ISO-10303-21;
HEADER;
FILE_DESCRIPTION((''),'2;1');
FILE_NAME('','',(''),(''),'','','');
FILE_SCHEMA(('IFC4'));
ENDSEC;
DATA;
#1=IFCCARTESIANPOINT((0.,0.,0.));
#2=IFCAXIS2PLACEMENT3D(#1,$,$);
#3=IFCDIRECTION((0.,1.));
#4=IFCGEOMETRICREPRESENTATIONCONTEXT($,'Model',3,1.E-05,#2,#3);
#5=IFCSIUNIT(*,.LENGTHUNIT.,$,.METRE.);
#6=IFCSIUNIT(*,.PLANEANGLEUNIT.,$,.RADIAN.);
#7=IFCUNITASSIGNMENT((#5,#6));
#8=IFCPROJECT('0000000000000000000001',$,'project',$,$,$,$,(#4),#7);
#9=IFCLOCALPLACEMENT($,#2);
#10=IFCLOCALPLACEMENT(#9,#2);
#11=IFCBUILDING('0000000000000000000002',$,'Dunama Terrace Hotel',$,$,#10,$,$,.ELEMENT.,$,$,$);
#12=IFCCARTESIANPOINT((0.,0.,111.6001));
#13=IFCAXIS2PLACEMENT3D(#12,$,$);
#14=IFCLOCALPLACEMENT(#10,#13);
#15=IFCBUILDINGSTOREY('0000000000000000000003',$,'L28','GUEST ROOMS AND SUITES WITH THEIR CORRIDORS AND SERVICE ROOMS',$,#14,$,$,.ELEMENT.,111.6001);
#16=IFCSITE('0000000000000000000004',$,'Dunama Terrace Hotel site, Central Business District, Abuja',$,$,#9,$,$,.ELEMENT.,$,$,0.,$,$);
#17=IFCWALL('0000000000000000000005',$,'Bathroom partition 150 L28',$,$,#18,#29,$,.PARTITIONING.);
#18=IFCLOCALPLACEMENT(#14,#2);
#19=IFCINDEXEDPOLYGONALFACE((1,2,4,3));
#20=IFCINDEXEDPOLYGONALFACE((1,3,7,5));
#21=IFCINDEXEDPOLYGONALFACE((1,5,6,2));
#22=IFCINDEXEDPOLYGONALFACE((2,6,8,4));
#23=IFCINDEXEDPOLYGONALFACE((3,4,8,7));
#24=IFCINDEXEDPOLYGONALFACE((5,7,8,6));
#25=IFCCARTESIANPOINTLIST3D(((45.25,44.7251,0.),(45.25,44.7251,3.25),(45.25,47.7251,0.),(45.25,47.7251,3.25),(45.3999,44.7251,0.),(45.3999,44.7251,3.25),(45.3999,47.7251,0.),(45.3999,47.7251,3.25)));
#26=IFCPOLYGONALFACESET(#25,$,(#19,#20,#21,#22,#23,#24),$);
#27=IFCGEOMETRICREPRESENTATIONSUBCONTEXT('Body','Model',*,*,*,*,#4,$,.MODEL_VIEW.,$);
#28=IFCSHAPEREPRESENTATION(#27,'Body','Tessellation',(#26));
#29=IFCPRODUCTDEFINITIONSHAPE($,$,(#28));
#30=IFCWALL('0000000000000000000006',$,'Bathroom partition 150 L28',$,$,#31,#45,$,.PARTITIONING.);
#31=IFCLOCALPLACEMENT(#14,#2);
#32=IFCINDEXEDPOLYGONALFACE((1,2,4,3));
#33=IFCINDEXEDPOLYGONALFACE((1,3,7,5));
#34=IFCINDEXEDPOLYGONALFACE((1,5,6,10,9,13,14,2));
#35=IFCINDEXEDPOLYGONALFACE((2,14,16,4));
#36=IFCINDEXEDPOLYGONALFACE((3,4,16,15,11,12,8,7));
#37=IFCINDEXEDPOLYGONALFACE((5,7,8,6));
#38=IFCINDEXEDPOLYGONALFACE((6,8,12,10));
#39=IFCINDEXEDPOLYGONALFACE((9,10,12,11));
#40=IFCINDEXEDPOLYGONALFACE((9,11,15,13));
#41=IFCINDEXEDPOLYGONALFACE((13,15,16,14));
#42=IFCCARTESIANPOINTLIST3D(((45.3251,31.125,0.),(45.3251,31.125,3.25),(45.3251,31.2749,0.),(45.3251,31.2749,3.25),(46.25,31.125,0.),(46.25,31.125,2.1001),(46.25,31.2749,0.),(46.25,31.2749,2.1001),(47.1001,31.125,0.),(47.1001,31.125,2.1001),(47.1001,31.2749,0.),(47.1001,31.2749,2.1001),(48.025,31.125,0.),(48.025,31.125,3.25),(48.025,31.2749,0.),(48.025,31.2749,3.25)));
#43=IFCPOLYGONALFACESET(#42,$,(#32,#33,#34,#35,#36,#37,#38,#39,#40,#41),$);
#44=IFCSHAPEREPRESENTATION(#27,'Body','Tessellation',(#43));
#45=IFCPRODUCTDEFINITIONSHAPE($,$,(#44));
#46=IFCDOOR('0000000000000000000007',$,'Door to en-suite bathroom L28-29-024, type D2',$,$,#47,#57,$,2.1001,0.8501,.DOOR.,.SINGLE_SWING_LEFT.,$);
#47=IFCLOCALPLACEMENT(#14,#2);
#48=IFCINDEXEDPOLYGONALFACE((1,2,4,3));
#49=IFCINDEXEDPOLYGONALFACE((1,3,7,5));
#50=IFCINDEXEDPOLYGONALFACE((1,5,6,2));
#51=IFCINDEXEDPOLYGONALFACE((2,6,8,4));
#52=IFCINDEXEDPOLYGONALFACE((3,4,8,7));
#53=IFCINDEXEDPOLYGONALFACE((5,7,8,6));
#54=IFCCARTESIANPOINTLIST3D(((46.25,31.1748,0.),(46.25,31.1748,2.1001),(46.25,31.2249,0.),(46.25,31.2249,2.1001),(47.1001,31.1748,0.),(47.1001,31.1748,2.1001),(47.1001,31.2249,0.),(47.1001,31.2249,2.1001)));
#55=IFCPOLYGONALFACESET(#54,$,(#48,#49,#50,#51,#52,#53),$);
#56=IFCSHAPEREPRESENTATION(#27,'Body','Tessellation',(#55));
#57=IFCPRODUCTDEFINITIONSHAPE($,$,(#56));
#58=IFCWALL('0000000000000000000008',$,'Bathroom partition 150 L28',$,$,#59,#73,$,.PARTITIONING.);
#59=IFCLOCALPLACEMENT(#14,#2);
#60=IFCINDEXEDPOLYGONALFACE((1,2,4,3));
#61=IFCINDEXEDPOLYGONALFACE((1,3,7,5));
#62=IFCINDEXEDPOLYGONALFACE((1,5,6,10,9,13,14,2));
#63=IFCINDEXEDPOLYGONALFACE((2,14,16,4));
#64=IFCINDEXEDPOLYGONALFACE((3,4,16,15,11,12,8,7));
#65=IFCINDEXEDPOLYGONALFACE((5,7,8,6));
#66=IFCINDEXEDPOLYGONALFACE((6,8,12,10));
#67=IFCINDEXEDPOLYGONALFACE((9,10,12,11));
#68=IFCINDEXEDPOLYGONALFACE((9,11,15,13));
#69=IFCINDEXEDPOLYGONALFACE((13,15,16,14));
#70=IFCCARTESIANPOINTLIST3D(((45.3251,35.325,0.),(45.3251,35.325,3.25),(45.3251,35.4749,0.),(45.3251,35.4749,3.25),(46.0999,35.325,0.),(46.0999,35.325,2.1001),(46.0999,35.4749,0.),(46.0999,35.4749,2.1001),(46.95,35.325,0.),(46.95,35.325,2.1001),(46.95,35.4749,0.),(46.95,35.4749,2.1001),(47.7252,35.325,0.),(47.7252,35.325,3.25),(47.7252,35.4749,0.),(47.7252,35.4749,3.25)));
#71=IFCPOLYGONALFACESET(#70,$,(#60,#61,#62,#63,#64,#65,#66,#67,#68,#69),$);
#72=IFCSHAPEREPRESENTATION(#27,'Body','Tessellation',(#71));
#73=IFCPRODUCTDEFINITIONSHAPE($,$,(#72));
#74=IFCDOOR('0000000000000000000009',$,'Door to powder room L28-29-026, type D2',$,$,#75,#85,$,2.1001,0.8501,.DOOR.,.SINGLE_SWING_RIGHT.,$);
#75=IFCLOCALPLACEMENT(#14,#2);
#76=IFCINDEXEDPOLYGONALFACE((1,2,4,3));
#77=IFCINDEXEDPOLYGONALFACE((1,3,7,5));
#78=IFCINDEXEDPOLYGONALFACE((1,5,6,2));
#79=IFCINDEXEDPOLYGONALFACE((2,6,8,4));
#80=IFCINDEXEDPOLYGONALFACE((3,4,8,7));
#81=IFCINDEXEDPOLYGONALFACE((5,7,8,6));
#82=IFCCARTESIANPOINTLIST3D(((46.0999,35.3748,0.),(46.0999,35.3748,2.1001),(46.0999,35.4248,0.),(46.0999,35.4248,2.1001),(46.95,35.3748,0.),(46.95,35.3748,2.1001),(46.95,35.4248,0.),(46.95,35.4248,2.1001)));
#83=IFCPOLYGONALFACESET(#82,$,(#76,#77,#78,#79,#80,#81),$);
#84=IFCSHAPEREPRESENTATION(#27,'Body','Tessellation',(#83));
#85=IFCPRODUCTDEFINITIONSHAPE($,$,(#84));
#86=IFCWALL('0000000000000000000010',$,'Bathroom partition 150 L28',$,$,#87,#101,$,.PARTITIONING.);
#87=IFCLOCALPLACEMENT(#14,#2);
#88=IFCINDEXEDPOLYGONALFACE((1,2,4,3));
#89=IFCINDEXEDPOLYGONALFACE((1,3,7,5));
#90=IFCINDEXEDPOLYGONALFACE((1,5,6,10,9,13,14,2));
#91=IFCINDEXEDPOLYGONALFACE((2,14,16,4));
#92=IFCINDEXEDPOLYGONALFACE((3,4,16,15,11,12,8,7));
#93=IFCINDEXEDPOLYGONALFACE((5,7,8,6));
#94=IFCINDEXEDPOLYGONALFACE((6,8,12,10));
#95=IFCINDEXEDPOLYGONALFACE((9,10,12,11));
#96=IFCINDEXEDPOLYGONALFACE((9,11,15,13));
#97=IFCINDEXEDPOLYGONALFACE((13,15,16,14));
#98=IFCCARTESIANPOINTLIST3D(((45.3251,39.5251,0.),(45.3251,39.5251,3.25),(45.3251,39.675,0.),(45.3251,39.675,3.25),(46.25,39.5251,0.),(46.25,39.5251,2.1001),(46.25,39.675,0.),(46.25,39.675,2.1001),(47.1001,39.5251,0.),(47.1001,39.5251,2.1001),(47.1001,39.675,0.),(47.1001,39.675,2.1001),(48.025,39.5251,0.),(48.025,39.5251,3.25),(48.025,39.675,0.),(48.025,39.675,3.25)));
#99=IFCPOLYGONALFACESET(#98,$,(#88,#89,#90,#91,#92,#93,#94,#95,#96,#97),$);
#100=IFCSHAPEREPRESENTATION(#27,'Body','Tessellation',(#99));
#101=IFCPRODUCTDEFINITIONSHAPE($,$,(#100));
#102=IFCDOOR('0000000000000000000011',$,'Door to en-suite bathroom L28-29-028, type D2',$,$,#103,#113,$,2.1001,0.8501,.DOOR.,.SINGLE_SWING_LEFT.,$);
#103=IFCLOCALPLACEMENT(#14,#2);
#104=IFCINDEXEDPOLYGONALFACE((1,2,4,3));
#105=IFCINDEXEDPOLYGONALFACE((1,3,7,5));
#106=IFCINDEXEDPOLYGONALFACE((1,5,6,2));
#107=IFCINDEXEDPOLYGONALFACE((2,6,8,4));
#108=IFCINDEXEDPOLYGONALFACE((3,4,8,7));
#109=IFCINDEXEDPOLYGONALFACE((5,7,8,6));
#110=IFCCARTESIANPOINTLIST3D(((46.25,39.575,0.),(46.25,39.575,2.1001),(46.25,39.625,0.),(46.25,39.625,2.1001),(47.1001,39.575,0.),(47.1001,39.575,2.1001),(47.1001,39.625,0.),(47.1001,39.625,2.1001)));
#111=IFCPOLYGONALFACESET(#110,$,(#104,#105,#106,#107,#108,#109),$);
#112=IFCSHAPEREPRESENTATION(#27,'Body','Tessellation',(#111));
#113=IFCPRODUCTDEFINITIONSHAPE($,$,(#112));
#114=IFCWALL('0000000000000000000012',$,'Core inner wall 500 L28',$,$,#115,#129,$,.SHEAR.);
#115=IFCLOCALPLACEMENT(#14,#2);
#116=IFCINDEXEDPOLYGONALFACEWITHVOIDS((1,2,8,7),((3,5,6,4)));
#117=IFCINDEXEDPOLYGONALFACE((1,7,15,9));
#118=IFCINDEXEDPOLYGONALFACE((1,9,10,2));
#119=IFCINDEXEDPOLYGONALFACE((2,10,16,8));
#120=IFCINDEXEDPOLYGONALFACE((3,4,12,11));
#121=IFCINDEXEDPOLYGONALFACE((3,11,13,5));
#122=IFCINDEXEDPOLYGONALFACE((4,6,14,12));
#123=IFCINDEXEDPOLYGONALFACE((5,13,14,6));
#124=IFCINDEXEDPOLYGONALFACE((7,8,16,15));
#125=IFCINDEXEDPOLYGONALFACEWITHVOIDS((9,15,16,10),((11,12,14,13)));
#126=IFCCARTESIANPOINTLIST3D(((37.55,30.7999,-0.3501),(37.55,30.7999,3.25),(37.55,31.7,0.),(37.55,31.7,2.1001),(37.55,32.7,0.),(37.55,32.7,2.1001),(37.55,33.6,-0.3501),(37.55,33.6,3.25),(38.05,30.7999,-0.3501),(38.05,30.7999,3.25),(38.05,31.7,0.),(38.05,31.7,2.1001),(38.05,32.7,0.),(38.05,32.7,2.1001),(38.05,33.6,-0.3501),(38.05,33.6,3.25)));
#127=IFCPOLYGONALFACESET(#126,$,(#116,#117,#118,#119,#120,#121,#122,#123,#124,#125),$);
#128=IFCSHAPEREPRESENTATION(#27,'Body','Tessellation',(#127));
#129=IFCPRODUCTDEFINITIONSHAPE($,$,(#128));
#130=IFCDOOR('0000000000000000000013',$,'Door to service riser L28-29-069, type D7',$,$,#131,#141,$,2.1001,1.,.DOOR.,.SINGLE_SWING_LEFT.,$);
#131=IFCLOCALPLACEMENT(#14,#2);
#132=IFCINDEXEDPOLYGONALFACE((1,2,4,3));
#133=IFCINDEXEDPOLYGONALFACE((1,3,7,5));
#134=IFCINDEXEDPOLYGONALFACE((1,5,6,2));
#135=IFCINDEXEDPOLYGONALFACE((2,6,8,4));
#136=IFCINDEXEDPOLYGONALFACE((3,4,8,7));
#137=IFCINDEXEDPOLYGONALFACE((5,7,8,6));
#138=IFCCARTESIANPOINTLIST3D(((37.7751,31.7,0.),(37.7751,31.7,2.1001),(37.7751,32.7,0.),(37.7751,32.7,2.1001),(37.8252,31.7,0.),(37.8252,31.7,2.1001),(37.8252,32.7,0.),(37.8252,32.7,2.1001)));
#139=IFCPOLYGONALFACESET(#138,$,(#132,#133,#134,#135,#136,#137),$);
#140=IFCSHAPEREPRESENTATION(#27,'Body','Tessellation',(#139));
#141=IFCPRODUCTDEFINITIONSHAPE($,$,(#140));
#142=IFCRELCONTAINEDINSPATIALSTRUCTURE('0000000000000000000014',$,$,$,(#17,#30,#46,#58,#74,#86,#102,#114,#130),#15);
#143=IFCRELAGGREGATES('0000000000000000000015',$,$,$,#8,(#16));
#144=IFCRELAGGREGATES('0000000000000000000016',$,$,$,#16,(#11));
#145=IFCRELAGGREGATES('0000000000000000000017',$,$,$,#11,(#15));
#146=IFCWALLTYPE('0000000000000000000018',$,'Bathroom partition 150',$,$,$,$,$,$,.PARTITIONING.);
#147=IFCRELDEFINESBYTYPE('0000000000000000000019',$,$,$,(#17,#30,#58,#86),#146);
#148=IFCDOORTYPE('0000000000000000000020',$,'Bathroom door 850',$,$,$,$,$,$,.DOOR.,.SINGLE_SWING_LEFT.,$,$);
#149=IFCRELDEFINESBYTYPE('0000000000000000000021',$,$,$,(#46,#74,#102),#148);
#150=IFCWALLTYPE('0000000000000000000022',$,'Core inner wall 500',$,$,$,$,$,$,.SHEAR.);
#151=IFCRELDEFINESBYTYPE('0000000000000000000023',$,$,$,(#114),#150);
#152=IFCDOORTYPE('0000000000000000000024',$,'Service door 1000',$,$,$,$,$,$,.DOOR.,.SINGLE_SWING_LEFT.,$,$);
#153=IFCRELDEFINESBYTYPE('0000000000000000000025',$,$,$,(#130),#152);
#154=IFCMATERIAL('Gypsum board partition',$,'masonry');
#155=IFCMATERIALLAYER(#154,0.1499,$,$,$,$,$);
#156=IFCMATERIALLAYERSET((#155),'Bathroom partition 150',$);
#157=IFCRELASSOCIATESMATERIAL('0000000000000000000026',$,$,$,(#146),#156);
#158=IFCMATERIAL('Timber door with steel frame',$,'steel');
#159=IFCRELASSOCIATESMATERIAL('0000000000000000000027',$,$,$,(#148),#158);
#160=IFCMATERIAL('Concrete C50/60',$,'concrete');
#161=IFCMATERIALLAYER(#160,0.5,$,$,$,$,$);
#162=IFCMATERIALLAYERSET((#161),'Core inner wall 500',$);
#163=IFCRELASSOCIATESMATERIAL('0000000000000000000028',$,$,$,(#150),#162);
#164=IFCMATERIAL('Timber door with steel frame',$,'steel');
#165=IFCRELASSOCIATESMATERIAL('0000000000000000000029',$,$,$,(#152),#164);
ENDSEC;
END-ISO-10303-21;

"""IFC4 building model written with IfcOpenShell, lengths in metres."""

from ifc_helpers import new_model, si_unit, direction, frame, frame_2d, origin, place, context, subcontext, project, spatial, rectangle, extrude, material, layer, layer_set, type_object, element, fill, save


model = new_model("IFC4")

# Units and contexts
model_context = context("Model", 3, precision=1e-05, world=origin(), true_north=direction((0.0, 1.0)))
body_context = subcontext(model_context, "Body", "Model", "MODEL_VIEW")
ifc_project = project(units=[si_unit("LENGTHUNIT", "METRE"), si_unit("PLANEANGLEUNIT", "RADIAN")], contexts=[model_context])

# Site, building, storey
site_placement = place(None, origin())
site = spatial("IfcSite", under=ifc_project, at=site_placement, Name="Dunama Terrace Hotel site, Central Business District, Abuja", CompositionType="ELEMENT", RefElevation=0.0)
building_placement = place(site_placement, origin())
building = spatial("IfcBuilding", under=site, at=building_placement, Name="Dunama Terrace Hotel", CompositionType="ELEMENT")
storey_placement = place(building_placement, frame((0.0, 0.0, 111.6001)))
storey = spatial("IfcBuildingStorey", under=building, at=storey_placement, Name="L28", Description="GUEST ROOMS AND SUITES WITH THEIR CORRIDORS AND SERVICE ROOMS", CompositionType="ELEMENT", Elevation=111.6001)

# Wall
ifc_material_1 = material(Name="Gypsum board partition", Category="masonry")
ifc_layer_1 = layer(ifc_material_1, 0.1499)
ifc_layer_set_1 = layer_set([ifc_layer_1], Name="Bathroom partition 150")
wall_type_1 = type_object("IfcWallType", Name="Bathroom partition 150", PredefinedType="PARTITIONING", material=ifc_layer_set_1)
wall_1_placement = place(storey_placement, frame((45.325, 44.7251, 0.0), z_axis=(0.0, 0.0, 1.0), x_axis=(0.0, 1.0, 0.0)))
element("IfcWall", 1, at=wall_1_placement, inside=storey, type_object=wall_type_1, Name="Bathroom partition 150 L28", PredefinedType="PARTITIONING", context=body_context, shape_type="SweptSolid", body=[
    extrude(rectangle(XDim=3.0, YDim=0.1499, at=frame_2d((1.5, 0.0))), origin(), (0.0, 0.0, 1.0), 3.25),
])

# Walls, openings, doors
wall_2_placement = place(storey_placement, frame((45.325, 31.2, 0.0), z_axis=(0.0, 0.0, 1.0), x_axis=(1.0, 0.0, 0.0)))
wall_2 = element("IfcWall", 2, at=wall_2_placement, inside=storey, type_object=wall_type_1, Name="Bathroom partition 150 L28", PredefinedType="PARTITIONING", context=body_context, shape_type="SweptSolid", body=[
    extrude(rectangle(XDim=2.7, YDim=0.1499, at=frame_2d((1.3501, 0.0))), origin(), (0.0, 0.0, 1.0), 3.25),
])
opening_1_placement = place(wall_2_placement, frame((0.925, 0.0, 0.0)))
opening_1 = element("IfcOpeningElement", 3, at=opening_1_placement, cuts=wall_2, PredefinedType="OPENING", context=body_context, shape_type="SweptSolid", body=[
    extrude(rectangle(XDim=0.8501, YDim=2.1001, at=frame_2d((0.425, 1.05))), frame((0.0, 0.085, 0.0), z_axis=(0.0, -1.0, 0.0), x_axis=(1.0, 0.0, 0.0)), (0.0, 0.0, 1.0), 0.1699),
])
ifc_material_2 = material(Name="Timber door with steel frame", Category="steel")
door_type_1 = type_object("IfcDoorType", Name="Bathroom door 850", OperationType="SINGLE_SWING_LEFT", PredefinedType="DOOR", material=ifc_material_2)
door_1_placement = place(opening_1_placement, origin())
door_1 = element("IfcDoor", 4, at=door_1_placement, inside=storey, type_object=door_type_1, Name="Door to en-suite bathroom L28-29-024, type D2", OperationType="SINGLE_SWING_LEFT", OverallHeight=2.1001, OverallWidth=0.8501, PredefinedType="DOOR", context=body_context, shape_type="SweptSolid", body=[
    extrude(rectangle(XDim=0.8501, YDim=2.1001, at=frame_2d((0.425, 1.05))), frame((0.0, 0.0249, 0.0), z_axis=(0.0, -1.0, 0.0), x_axis=(1.0, 0.0, 0.0)), (0.0, 0.0, 1.0), 0.05),
])
fill(opening_1, door_1)
wall_3_placement = place(storey_placement, frame((45.325, 35.3999, 0.0), z_axis=(0.0, 0.0, 1.0), x_axis=(1.0, 0.0, 0.0)))
wall_3 = element("IfcWall", 5, at=wall_3_placement, inside=storey, type_object=wall_type_1, Name="Bathroom partition 150 L28", PredefinedType="PARTITIONING", context=body_context, shape_type="SweptSolid", body=[
    extrude(rectangle(XDim=2.4001, YDim=0.1499, at=frame_2d((1.2002, 0.0))), origin(), (0.0, 0.0, 1.0), 3.25),
])
opening_2_placement = place(wall_3_placement, frame((0.7749, 0.0, 0.0)))
opening_2 = element("IfcOpeningElement", 6, at=opening_2_placement, cuts=wall_3, PredefinedType="OPENING", context=body_context, shape_type="SweptSolid", body=[
    extrude(rectangle(XDim=0.8501, YDim=2.1001, at=frame_2d((0.425, 1.05))), frame((0.0, 0.085, 0.0), z_axis=(0.0, -1.0, 0.0), x_axis=(1.0, 0.0, 0.0)), (0.0, 0.0, 1.0), 0.1699),
])
door_2_placement = place(opening_2_placement, frame((0.8501, 0.0, 0.0), z_axis=(0.0, 0.0, 1.0), x_axis=(-1.0, 0.0, 0.0)))
door_2 = element("IfcDoor", 7, at=door_2_placement, inside=storey, type_object=door_type_1, Name="Door to powder room L28-29-026, type D2", OperationType="SINGLE_SWING_RIGHT", OverallHeight=2.1001, OverallWidth=0.8501, PredefinedType="DOOR", context=body_context, shape_type="SweptSolid", body=[
    extrude(rectangle(XDim=0.8501, YDim=2.1001, at=frame_2d((0.425, 1.05))), frame((0.0, 0.0251, 0.0), z_axis=(0.0, -1.0, 0.0), x_axis=(1.0, 0.0, 0.0)), (0.0, 0.0, 1.0), 0.05),
])
fill(opening_2, door_2)
wall_4_placement = place(storey_placement, frame((45.325, 39.6001, 0.0), z_axis=(0.0, 0.0, 1.0), x_axis=(1.0, 0.0, 0.0)))
wall_4 = element("IfcWall", 8, at=wall_4_placement, inside=storey, type_object=wall_type_1, Name="Bathroom partition 150 L28", PredefinedType="PARTITIONING", context=body_context, shape_type="SweptSolid", body=[
    extrude(rectangle(XDim=2.7, YDim=0.1499, at=frame_2d((1.3501, 0.0))), origin(), (0.0, 0.0, 1.0), 3.25),
])
opening_3_placement = place(wall_4_placement, frame((0.925, 0.0, 0.0)))
opening_3 = element("IfcOpeningElement", 9, at=opening_3_placement, cuts=wall_4, PredefinedType="OPENING", context=body_context, shape_type="SweptSolid", body=[
    extrude(rectangle(XDim=0.8501, YDim=2.1001, at=frame_2d((0.425, 1.05))), frame((0.0, 0.085, 0.0), z_axis=(0.0, -1.0, 0.0), x_axis=(1.0, 0.0, 0.0)), (0.0, 0.0, 1.0), 0.1699),
])
door_3_placement = place(opening_3_placement, origin())
door_3 = element("IfcDoor", 10, at=door_3_placement, inside=storey, type_object=door_type_1, Name="Door to en-suite bathroom L28-29-028, type D2", OperationType="SINGLE_SWING_LEFT", OverallHeight=2.1001, OverallWidth=0.8501, PredefinedType="DOOR", context=body_context, shape_type="SweptSolid", body=[
    extrude(rectangle(XDim=0.8501, YDim=2.1001, at=frame_2d((0.425, 1.05))), frame((0.0, 0.0249, 0.0), z_axis=(0.0, -1.0, 0.0), x_axis=(1.0, 0.0, 0.0)), (0.0, 0.0, 1.0), 0.05),
])
fill(opening_3, door_3)
ifc_material_3 = material(Name="Concrete C50/60", Category="concrete")
ifc_layer_2 = layer(ifc_material_3, 0.5)
ifc_layer_set_2 = layer_set([ifc_layer_2], Name="Core inner wall 500")
wall_type_2 = type_object("IfcWallType", Name="Core inner wall 500", PredefinedType="SHEAR", material=ifc_layer_set_2)
wall_5_placement = place(storey_placement, frame((37.8, 30.8, -0.3501), z_axis=(0.0, 0.0, 1.0), x_axis=(0.0, 1.0, 0.0)))
wall_5 = element("IfcWall", 11, at=wall_5_placement, inside=storey, type_object=wall_type_2, Name="Core inner wall 500 L28", PredefinedType="SHEAR", context=body_context, shape_type="SweptSolid", body=[
    extrude(rectangle(XDim=2.8, YDim=0.5, at=frame_2d((1.3999, 0.0))), origin(), (0.0, 0.0, 1.0), 3.6001),
])
opening_4_placement = place(wall_5_placement, frame((0.8999, 0.0, 0.3501)))
opening_4 = element("IfcOpeningElement", 12, at=opening_4_placement, cuts=wall_5, PredefinedType="OPENING", context=body_context, shape_type="SweptSolid", body=[
    extrude(rectangle(XDim=1.0, YDim=2.1001, at=frame_2d((0.5, 1.05))), frame((0.0, 0.26, 0.0), z_axis=(0.0, -1.0, 0.0), x_axis=(1.0, 0.0, 0.0)), (0.0, 0.0, 1.0), 0.52),
])
ifc_material_4 = material(Name="Timber door with steel frame", Category="steel")
door_type_2 = type_object("IfcDoorType", Name="Service door 1000", OperationType="SINGLE_SWING_LEFT", PredefinedType="DOOR", material=ifc_material_4)
door_4_placement = place(opening_4_placement, frame((1.0, 0.0, 0.0), z_axis=(0.0, 0.0, 1.0), x_axis=(-1.0, 0.0, 0.0)))
door_4 = element("IfcDoor", 13, at=door_4_placement, inside=storey, type_object=door_type_2, Name="Door to service riser L28-29-069, type D7", OperationType="SINGLE_SWING_LEFT", OverallHeight=2.1001, OverallWidth=1.0, PredefinedType="DOOR", context=body_context, shape_type="SweptSolid", body=[
    extrude(rectangle(XDim=1.0, YDim=2.1001, at=frame_2d((0.5, 1.05))), frame((0.0, 0.0251, 0.0), z_axis=(0.0, -1.0, 0.0), x_axis=(1.0, 0.0, 0.0)), (0.0, 0.0, 1.0), 0.05),
])
fill(opening_4, door_4)

save(model, "model.ifc")
